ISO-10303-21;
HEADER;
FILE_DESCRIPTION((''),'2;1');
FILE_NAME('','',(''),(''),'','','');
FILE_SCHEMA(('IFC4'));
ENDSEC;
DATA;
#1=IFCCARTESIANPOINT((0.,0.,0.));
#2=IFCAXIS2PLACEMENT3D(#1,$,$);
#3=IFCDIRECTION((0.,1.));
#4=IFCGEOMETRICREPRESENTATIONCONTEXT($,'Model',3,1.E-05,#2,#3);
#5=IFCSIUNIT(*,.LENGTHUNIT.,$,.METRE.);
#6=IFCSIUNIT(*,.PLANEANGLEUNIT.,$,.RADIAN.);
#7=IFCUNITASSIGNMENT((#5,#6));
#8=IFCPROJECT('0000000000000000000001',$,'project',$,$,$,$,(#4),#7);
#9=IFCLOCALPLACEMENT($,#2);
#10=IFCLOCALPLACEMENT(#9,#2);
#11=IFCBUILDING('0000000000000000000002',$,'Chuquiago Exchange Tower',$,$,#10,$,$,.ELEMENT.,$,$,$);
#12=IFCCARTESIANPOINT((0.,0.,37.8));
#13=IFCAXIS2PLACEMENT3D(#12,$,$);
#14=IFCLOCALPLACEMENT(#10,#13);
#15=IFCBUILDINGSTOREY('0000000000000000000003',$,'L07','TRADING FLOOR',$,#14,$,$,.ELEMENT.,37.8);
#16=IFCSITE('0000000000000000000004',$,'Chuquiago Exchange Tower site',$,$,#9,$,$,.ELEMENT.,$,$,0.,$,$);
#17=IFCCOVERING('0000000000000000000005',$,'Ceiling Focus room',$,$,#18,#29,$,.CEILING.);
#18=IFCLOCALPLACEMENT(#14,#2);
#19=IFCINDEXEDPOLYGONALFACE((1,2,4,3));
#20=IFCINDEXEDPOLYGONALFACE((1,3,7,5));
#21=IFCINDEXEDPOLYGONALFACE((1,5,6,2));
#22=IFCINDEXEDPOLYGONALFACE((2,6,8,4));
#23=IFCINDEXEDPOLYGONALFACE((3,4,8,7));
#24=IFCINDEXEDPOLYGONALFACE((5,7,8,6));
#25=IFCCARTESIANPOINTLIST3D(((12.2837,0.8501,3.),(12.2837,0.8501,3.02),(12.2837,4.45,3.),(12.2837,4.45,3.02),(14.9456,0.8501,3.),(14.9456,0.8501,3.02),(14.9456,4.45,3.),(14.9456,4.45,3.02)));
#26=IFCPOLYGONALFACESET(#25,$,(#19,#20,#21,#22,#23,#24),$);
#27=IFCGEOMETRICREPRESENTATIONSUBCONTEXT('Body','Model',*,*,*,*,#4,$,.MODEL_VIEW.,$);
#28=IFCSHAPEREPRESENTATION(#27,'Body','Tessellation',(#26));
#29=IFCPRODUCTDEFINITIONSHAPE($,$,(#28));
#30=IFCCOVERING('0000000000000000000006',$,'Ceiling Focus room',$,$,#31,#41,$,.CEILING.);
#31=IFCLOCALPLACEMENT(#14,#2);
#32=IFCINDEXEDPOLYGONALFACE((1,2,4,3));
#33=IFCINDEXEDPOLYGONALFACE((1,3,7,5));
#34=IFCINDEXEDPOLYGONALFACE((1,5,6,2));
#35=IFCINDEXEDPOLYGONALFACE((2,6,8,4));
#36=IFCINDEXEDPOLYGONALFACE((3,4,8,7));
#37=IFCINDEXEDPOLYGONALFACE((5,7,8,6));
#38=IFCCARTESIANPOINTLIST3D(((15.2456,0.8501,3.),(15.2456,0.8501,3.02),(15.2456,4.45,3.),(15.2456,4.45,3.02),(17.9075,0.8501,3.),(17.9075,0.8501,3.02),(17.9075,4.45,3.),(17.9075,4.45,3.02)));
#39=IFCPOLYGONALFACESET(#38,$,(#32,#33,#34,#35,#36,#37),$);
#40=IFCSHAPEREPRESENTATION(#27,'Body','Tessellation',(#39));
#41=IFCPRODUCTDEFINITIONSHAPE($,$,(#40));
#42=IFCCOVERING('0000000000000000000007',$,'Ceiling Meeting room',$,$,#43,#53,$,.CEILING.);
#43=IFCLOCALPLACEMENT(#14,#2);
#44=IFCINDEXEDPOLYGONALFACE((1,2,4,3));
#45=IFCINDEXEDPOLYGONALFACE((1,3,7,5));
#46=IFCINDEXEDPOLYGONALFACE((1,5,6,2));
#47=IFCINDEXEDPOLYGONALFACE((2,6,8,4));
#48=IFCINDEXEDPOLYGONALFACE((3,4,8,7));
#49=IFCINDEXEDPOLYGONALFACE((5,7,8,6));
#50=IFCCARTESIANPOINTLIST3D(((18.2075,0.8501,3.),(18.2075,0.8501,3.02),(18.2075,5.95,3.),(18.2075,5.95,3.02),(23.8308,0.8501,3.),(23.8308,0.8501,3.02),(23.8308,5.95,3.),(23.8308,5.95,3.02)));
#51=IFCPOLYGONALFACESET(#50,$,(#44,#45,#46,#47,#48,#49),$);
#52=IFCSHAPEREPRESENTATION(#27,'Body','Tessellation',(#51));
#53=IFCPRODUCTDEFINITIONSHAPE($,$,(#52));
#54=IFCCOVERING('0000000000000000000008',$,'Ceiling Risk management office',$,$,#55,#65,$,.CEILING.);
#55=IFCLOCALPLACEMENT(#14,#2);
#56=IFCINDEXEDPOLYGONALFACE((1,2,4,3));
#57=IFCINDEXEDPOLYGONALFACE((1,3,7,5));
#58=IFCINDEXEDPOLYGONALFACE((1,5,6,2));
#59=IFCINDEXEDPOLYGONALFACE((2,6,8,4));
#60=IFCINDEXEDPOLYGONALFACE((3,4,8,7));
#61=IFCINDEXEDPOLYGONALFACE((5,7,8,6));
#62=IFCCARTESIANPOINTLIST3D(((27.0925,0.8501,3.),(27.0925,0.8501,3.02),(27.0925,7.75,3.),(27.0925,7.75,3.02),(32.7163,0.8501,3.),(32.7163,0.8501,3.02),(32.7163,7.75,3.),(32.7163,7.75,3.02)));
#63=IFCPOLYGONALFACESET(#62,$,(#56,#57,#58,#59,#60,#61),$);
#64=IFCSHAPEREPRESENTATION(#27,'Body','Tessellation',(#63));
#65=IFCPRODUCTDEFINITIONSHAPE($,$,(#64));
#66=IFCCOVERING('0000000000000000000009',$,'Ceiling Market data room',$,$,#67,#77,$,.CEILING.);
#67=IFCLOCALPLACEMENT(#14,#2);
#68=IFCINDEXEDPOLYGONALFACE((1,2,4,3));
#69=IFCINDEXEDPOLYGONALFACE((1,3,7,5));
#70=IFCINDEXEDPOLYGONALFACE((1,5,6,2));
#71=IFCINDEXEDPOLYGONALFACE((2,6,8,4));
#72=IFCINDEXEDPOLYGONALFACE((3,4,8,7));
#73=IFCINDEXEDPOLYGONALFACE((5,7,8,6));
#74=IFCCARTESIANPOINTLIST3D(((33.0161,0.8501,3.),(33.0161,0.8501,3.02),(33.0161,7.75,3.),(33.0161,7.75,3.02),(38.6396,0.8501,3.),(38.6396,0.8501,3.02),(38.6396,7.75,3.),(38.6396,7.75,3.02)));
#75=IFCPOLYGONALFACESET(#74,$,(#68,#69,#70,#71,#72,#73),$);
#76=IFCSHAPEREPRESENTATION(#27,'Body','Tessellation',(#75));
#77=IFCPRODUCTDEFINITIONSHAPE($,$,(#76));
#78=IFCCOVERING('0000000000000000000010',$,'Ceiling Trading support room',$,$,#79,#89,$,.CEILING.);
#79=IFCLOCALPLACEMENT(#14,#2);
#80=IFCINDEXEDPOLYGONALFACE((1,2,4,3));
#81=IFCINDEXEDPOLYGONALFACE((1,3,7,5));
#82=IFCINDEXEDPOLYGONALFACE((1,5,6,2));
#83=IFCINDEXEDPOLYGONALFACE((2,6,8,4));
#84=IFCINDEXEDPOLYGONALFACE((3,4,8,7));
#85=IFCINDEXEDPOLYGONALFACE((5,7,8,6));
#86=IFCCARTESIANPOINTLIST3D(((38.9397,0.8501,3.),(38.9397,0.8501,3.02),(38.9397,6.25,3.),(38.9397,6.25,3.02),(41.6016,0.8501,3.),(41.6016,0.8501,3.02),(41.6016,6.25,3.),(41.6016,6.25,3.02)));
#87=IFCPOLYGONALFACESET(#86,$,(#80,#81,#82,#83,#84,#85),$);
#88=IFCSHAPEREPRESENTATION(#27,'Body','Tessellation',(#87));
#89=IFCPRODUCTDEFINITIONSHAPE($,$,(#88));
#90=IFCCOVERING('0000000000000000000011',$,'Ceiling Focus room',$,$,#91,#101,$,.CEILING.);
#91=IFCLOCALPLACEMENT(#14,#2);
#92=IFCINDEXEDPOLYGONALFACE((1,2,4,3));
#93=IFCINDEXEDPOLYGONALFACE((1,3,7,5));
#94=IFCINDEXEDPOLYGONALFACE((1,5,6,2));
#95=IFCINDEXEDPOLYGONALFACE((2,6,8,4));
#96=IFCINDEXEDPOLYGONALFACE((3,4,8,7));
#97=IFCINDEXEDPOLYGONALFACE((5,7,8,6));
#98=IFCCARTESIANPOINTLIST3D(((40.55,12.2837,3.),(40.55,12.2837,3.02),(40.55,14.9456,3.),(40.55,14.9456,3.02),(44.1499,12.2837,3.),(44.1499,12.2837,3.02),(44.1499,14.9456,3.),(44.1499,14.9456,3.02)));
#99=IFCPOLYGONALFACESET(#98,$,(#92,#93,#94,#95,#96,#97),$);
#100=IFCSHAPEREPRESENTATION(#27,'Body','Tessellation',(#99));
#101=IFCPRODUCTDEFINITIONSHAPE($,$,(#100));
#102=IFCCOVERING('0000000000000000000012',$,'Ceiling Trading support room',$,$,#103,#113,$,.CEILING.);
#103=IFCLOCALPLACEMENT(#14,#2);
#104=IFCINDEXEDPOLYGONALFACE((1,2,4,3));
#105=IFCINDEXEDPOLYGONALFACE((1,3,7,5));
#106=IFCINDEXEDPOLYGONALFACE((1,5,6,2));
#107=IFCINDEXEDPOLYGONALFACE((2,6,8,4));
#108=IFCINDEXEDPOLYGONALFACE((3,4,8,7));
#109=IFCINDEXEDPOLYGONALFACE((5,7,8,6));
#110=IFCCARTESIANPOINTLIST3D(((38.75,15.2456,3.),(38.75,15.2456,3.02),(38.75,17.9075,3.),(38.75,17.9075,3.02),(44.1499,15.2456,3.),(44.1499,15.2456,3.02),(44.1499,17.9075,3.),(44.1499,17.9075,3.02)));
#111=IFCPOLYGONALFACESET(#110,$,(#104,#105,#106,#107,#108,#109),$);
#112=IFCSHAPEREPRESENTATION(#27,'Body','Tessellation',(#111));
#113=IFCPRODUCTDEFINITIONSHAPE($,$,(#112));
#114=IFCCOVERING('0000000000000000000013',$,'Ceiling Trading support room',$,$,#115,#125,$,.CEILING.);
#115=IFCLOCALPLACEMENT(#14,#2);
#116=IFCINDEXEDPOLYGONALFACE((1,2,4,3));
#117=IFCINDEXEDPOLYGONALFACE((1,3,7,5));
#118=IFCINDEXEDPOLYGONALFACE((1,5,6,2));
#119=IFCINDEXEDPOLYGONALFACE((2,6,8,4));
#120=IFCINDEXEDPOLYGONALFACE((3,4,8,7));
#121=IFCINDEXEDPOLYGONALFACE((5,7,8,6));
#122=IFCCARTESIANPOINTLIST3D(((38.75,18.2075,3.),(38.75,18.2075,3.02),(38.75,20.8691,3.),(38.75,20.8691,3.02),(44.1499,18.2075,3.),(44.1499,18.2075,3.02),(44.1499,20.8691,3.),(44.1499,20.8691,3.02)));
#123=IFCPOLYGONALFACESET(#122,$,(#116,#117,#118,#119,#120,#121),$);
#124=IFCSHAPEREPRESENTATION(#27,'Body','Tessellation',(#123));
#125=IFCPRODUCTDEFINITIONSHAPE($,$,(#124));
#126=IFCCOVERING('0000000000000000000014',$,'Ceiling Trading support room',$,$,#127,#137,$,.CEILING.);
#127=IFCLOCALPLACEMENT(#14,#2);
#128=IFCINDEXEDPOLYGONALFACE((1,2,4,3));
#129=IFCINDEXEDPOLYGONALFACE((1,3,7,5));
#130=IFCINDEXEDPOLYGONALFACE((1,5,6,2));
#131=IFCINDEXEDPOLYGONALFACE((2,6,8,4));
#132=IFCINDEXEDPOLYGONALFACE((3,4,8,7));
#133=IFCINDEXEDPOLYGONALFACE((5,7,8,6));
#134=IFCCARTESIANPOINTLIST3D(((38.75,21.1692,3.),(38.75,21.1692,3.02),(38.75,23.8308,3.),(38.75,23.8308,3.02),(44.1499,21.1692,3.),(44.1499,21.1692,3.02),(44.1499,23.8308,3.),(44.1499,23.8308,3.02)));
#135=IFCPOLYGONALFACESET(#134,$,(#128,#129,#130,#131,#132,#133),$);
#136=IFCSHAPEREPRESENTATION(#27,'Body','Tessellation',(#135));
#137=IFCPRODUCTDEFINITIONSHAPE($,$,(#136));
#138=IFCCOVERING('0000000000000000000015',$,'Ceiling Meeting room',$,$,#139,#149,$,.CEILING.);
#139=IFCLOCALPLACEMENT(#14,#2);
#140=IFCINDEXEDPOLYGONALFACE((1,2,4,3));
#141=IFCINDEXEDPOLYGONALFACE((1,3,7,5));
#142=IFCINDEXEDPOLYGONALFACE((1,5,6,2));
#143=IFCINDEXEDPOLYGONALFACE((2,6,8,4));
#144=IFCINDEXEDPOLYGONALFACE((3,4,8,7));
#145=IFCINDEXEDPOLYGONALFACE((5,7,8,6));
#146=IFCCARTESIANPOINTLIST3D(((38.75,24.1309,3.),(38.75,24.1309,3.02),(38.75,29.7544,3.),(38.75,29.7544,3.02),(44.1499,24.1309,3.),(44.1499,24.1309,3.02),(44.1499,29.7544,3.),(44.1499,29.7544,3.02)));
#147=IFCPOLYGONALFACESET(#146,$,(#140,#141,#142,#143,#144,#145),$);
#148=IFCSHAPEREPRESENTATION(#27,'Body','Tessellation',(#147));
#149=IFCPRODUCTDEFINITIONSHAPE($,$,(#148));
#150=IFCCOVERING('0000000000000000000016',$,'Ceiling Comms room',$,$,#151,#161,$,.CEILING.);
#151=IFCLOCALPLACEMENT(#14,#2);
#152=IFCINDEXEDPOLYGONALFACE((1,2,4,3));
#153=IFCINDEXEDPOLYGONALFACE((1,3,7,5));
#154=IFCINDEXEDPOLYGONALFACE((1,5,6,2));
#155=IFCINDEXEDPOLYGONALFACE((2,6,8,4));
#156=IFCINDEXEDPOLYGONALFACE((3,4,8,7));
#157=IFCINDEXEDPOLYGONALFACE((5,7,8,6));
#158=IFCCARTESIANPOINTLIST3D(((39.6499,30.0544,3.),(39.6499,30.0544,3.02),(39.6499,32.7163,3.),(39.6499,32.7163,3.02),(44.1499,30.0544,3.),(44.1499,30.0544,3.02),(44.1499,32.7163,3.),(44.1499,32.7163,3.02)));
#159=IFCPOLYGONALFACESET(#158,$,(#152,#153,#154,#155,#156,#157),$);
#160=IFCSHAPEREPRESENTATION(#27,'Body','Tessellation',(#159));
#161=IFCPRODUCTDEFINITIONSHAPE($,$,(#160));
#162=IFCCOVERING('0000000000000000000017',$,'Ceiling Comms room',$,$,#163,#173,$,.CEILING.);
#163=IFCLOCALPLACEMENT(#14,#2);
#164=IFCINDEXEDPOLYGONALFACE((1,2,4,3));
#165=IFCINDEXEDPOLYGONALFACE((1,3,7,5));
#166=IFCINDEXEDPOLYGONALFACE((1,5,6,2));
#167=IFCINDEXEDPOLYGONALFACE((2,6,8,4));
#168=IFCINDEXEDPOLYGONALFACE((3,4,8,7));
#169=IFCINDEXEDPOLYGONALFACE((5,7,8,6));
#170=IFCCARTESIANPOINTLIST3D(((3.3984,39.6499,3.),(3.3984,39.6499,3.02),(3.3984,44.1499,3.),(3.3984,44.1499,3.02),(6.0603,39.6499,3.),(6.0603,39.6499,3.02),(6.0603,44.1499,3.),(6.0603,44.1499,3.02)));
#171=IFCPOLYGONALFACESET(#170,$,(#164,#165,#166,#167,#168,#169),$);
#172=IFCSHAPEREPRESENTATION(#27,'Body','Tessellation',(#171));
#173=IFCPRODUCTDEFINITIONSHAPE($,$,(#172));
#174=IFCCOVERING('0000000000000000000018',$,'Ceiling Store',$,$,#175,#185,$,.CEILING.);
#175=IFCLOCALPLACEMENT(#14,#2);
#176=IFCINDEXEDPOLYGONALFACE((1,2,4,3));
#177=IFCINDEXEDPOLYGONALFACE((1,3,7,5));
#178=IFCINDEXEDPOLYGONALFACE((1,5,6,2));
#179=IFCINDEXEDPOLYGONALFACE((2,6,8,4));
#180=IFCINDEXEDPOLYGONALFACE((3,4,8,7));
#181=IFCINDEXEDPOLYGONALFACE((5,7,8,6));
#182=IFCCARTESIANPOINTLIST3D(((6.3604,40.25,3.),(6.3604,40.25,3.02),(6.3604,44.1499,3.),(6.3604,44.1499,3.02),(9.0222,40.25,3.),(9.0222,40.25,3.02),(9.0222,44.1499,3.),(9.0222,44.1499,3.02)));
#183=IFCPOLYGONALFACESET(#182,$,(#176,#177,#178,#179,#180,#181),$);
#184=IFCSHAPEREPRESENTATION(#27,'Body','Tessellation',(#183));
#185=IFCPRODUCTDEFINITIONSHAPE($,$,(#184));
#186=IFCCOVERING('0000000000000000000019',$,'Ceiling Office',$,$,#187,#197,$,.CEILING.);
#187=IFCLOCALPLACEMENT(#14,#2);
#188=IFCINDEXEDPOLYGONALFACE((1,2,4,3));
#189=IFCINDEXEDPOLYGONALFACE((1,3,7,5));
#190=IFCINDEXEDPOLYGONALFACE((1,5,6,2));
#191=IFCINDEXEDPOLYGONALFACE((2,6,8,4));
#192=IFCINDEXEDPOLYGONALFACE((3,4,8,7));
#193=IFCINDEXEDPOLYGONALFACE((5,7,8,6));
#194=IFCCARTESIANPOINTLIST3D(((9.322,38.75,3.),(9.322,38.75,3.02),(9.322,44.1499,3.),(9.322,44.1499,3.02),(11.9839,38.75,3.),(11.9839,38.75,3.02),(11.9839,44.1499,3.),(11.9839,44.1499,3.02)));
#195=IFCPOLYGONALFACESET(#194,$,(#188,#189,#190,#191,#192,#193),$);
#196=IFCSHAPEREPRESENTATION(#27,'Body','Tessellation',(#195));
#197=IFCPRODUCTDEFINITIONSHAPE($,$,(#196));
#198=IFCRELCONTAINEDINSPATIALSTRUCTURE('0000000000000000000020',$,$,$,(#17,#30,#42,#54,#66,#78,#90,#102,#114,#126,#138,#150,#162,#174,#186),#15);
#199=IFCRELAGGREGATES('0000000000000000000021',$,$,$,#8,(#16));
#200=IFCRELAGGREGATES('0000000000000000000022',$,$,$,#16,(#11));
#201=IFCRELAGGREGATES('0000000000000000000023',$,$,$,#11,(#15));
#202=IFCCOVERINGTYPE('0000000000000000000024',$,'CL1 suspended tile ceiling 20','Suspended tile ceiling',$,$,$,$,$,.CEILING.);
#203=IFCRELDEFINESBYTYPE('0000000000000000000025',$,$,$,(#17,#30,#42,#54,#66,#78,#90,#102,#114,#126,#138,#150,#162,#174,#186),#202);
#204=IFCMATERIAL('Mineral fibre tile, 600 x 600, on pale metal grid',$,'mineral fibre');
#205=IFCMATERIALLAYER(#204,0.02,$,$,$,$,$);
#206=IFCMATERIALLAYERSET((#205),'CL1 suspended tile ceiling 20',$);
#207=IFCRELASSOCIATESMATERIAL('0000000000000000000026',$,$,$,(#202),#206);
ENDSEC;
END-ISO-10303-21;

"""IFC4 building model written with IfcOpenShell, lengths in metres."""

from ifc_helpers import new_model, si_unit, direction, frame, origin, place, context, subcontext, project, spatial, polyline, outline, extrude, material, layer, layer_set, type_object, element, save


model = new_model("IFC4")

# Units and contexts
model_context = context("Model", 3, precision=1e-05, world=origin(), true_north=direction((0.0, 1.0)))
body_context = subcontext(model_context, "Body", "Model", "MODEL_VIEW")
ifc_project = project(units=[si_unit("LENGTHUNIT", "METRE"), si_unit("PLANEANGLEUNIT", "RADIAN")], contexts=[model_context])

# Site, building, storey
site_placement = place(None, origin())
site = spatial("IfcSite", under=ifc_project, at=site_placement, Name="Chuquiago Exchange Tower site", CompositionType="ELEMENT", RefElevation=0.0)
building_placement = place(site_placement, origin())
building = spatial("IfcBuilding", under=site, at=building_placement, Name="Chuquiago Exchange Tower", CompositionType="ELEMENT")
storey_placement = place(building_placement, frame((0.0, 0.0, 37.8)))
storey = spatial("IfcBuildingStorey", under=building, at=storey_placement, Name="L07", Description="TRADING FLOOR", CompositionType="ELEMENT", Elevation=37.8)

# Coverings
ifc_material_1 = material(Name="Mineral fibre tile, 600 x 600, on pale metal grid", Category="mineral fibre")
ifc_layer_1 = layer(ifc_material_1, 0.02)
ifc_layer_set_1 = layer_set([ifc_layer_1], Name="CL1 suspended tile ceiling 20")
covering_type_1 = type_object("IfcCoveringType", Name="CL1 suspended tile ceiling 20", Description="Suspended tile ceiling", PredefinedType="CEILING", material=ifc_layer_set_1)
covering_1_placement = place(storey_placement, frame((0.0, 0.0, 3.0)))
element("IfcCovering", 1, at=covering_1_placement, inside=storey, type_object=covering_type_1, Name="Ceiling Focus room", PredefinedType="CEILING", context=body_context, shape_type="SweptSolid", body=[
    extrude(outline(polyline([(12.2837, 4.45), (14.9456, 4.45), (14.9456, 0.8501), (12.2837, 0.8501), (12.2837, 4.45)])), origin(), (0.0, 0.0, 1.0), 0.02),
])
covering_2_placement = place(storey_placement, frame((0.0, 0.0, 3.0)))
element("IfcCovering", 2, at=covering_2_placement, inside=storey, type_object=covering_type_1, Name="Ceiling Focus room", PredefinedType="CEILING", context=body_context, shape_type="SweptSolid", body=[
    extrude(outline(polyline([(15.2456, 4.45), (17.9075, 4.45), (17.9075, 0.8501), (15.2456, 0.8501), (15.2456, 4.45)])), origin(), (0.0, 0.0, 1.0), 0.02),
])
covering_3_placement = place(storey_placement, frame((0.0, 0.0, 3.0)))
element("IfcCovering", 3, at=covering_3_placement, inside=storey, type_object=covering_type_1, Name="Ceiling Meeting room", PredefinedType="CEILING", context=body_context, shape_type="SweptSolid", body=[
    extrude(outline(polyline([(18.2075, 5.95), (23.8308, 5.95), (23.8308, 0.8501), (18.2075, 0.8501), (18.2075, 5.95)])), origin(), (0.0, 0.0, 1.0), 0.02),
])
covering_4_placement = place(storey_placement, frame((0.0, 0.0, 3.0)))
element("IfcCovering", 4, at=covering_4_placement, inside=storey, type_object=covering_type_1, Name="Ceiling Risk management office", PredefinedType="CEILING", context=body_context, shape_type="SweptSolid", body=[
    extrude(outline(polyline([(27.0925, 7.75), (32.7163, 7.75), (32.7163, 0.8501), (27.0925, 0.8501), (27.0925, 7.75)])), origin(), (0.0, 0.0, 1.0), 0.02),
])
covering_5_placement = place(storey_placement, frame((0.0, 0.0, 3.0)))
element("IfcCovering", 5, at=covering_5_placement, inside=storey, type_object=covering_type_1, Name="Ceiling Market data room", PredefinedType="CEILING", context=body_context, shape_type="SweptSolid", body=[
    extrude(outline(polyline([(33.0161, 7.75), (38.6396, 7.75), (38.6396, 0.8501), (33.0161, 0.8501), (33.0161, 7.75)])), origin(), (0.0, 0.0, 1.0), 0.02),
])
covering_6_placement = place(storey_placement, frame((0.0, 0.0, 3.0)))
element("IfcCovering", 6, at=covering_6_placement, inside=storey, type_object=covering_type_1, Name="Ceiling Trading support room", PredefinedType="CEILING", context=body_context, shape_type="SweptSolid", body=[
    extrude(outline(polyline([(38.9397, 0.8501), (38.9397, 6.25), (41.6016, 6.25), (41.6016, 0.8501), (38.9397, 0.8501)])), origin(), (0.0, 0.0, 1.0), 0.02),
])
covering_7_placement = place(storey_placement, frame((0.0, 0.0, 3.0)))
element("IfcCovering", 7, at=covering_7_placement, inside=storey, type_object=covering_type_1, Name="Ceiling Focus room", PredefinedType="CEILING", context=body_context, shape_type="SweptSolid", body=[
    extrude(outline(polyline([(40.55, 12.2837), (40.55, 14.9456), (44.1499, 14.9456), (44.1499, 12.2837), (40.55, 12.2837)])), origin(), (0.0, 0.0, 1.0), 0.02),
])
covering_8_placement = place(storey_placement, frame((0.0, 0.0, 3.0)))
element("IfcCovering", 8, at=covering_8_placement, inside=storey, type_object=covering_type_1, Name="Ceiling Trading support room", PredefinedType="CEILING", context=body_context, shape_type="SweptSolid", body=[
    extrude(outline(polyline([(38.75, 15.2456), (38.75, 17.9075), (44.1499, 17.9075), (44.1499, 15.2456), (38.75, 15.2456)])), origin(), (0.0, 0.0, 1.0), 0.02),
])
covering_9_placement = place(storey_placement, frame((0.0, 0.0, 3.0)))
element("IfcCovering", 9, at=covering_9_placement, inside=storey, type_object=covering_type_1, Name="Ceiling Trading support room", PredefinedType="CEILING", context=body_context, shape_type="SweptSolid", body=[
    extrude(outline(polyline([(38.75, 18.2075), (38.75, 20.8691), (44.1499, 20.8691), (44.1499, 18.2075), (38.75, 18.2075)])), origin(), (0.0, 0.0, 1.0), 0.02),
])
covering_10_placement = place(storey_placement, frame((0.0, 0.0, 3.0)))
element("IfcCovering", 10, at=covering_10_placement, inside=storey, type_object=covering_type_1, Name="Ceiling Trading support room", PredefinedType="CEILING", context=body_context, shape_type="SweptSolid", body=[
    extrude(outline(polyline([(38.75, 21.1692), (38.75, 23.8308), (44.1499, 23.8308), (44.1499, 21.1692), (38.75, 21.1692)])), origin(), (0.0, 0.0, 1.0), 0.02),
])
covering_11_placement = place(storey_placement, frame((0.0, 0.0, 3.0)))
element("IfcCovering", 11, at=covering_11_placement, inside=storey, type_object=covering_type_1, Name="Ceiling Meeting room", PredefinedType="CEILING", context=body_context, shape_type="SweptSolid", body=[
    extrude(outline(polyline([(38.75, 24.1309), (38.75, 29.7544), (44.1499, 29.7544), (44.1499, 24.1309), (38.75, 24.1309)])), origin(), (0.0, 0.0, 1.0), 0.02),
])
covering_12_placement = place(storey_placement, frame((0.0, 0.0, 3.0)))
element("IfcCovering", 12, at=covering_12_placement, inside=storey, type_object=covering_type_1, Name="Ceiling Comms room", PredefinedType="CEILING", context=body_context, shape_type="SweptSolid", body=[
    extrude(outline(polyline([(39.6499, 30.0544), (39.6499, 32.7163), (44.1499, 32.7163), (44.1499, 30.0544), (39.6499, 30.0544)])), origin(), (0.0, 0.0, 1.0), 0.02),
])
covering_13_placement = place(storey_placement, frame((0.0, 0.0, 3.0)))
element("IfcCovering", 13, at=covering_13_placement, inside=storey, type_object=covering_type_1, Name="Ceiling Comms room", PredefinedType="CEILING", context=body_context, shape_type="SweptSolid", body=[
    extrude(outline(polyline([(6.0603, 44.1499), (6.0603, 39.6499), (3.3984, 39.6499), (3.3984, 44.1499), (6.0603, 44.1499)])), origin(), (0.0, 0.0, 1.0), 0.02),
])
covering_14_placement = place(storey_placement, frame((0.0, 0.0, 3.0)))
element("IfcCovering", 14, at=covering_14_placement, inside=storey, type_object=covering_type_1, Name="Ceiling Store", PredefinedType="CEILING", context=body_context, shape_type="SweptSolid", body=[
    extrude(outline(polyline([(9.0222, 40.25), (6.3604, 40.25), (6.3604, 44.1499), (9.0222, 44.1499), (9.0222, 40.25)])), origin(), (0.0, 0.0, 1.0), 0.02),
])
covering_15_placement = place(storey_placement, frame((0.0, 0.0, 3.0)))
element("IfcCovering", 15, at=covering_15_placement, inside=storey, type_object=covering_type_1, Name="Ceiling Office", PredefinedType="CEILING", context=body_context, shape_type="SweptSolid", body=[
    extrude(outline(polyline([(11.9839, 38.75), (9.322, 38.75), (9.322, 44.1499), (11.9839, 44.1499), (11.9839, 38.75)])), origin(), (0.0, 0.0, 1.0), 0.02),
])

save(model, "model.ifc")
